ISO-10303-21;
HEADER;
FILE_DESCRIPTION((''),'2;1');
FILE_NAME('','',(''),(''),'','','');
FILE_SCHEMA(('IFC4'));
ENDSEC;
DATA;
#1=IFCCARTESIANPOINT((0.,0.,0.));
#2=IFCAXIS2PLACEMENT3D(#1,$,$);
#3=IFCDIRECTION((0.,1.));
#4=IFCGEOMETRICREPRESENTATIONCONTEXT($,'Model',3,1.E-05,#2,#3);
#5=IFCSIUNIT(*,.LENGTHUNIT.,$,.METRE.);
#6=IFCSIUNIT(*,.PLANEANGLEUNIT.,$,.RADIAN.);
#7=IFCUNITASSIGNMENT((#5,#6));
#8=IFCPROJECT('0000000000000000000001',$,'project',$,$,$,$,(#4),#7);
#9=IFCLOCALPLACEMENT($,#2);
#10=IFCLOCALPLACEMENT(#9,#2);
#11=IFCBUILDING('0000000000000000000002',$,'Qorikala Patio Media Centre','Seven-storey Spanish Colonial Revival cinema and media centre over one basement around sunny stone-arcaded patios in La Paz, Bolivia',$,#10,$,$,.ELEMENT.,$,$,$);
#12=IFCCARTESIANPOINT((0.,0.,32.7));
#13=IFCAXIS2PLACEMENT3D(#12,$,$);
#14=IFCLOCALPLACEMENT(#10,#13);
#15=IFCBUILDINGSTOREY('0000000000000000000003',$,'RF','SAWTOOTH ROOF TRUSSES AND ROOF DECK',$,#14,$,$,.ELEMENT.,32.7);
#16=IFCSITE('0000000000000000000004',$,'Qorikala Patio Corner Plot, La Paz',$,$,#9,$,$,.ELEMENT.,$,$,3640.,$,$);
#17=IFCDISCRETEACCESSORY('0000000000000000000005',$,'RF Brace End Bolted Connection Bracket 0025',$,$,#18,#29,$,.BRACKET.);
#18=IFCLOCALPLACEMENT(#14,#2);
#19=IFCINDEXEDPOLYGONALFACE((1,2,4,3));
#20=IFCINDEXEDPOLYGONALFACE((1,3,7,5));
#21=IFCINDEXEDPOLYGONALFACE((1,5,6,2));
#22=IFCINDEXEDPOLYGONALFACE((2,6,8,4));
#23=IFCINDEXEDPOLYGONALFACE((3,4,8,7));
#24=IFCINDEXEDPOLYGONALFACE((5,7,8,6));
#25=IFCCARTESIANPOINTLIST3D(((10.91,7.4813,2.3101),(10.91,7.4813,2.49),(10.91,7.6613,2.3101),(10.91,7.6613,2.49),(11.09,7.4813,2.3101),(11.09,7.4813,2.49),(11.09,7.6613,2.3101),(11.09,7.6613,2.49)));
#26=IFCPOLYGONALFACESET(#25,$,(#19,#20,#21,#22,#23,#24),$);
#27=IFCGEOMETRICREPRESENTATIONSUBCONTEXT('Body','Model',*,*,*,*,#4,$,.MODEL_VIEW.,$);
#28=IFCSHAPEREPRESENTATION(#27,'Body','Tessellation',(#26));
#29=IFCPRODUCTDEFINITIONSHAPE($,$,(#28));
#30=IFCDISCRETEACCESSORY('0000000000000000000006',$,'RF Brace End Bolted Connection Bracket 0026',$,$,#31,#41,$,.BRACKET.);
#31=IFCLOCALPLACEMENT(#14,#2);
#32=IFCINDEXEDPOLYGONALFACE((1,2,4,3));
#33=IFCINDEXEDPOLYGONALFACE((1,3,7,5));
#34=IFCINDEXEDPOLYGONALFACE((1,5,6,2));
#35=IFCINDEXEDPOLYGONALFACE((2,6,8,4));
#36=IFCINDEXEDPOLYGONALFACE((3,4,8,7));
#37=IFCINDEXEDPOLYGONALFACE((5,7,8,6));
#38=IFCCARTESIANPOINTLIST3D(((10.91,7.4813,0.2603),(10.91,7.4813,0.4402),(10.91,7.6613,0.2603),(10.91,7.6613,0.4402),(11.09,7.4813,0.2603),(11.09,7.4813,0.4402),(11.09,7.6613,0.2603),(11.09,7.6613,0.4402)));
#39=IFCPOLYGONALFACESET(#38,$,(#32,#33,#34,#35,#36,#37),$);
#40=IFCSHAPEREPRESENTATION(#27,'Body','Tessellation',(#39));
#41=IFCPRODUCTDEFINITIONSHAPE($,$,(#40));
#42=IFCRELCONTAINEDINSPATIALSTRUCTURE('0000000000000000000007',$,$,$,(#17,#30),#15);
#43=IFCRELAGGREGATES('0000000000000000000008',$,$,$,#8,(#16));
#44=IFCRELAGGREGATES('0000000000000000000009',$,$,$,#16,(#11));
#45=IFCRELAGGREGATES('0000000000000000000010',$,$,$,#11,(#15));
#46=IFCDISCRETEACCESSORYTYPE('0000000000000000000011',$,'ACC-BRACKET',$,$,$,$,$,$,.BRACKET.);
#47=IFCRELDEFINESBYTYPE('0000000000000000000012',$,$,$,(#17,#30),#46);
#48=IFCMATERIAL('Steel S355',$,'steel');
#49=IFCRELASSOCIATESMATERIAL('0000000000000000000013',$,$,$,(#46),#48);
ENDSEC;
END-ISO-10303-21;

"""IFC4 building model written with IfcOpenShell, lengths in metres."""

from ifc_helpers import new_model, si_unit, direction, frame, origin, origin_2d, place, context, subcontext, project, spatial, rectangle, extrude, material, type_object, element, save


model = new_model("IFC4")

# Units and contexts
model_context = context("Model", 3, precision=1e-05, world=origin(), true_north=direction((0.0, 1.0)))
body_context = subcontext(model_context, "Body", "Model", "MODEL_VIEW")
ifc_project = project(units=[si_unit("LENGTHUNIT", "METRE"), si_unit("PLANEANGLEUNIT", "RADIAN")], contexts=[model_context])

# Site, building, storey
site_placement = place(None, origin())
site = spatial("IfcSite", under=ifc_project, at=site_placement, Name="Qorikala Patio Corner Plot, La Paz", CompositionType="ELEMENT", RefElevation=3640.0)
building_placement = place(site_placement, origin())
building = spatial("IfcBuilding", under=site, at=building_placement, Name="Qorikala Patio Media Centre", Description="Seven-storey Spanish Colonial Revival cinema and media centre over one basement around sunny stone-arcaded patios in La Paz, Bolivia", CompositionType="ELEMENT")
storey_placement = place(building_placement, frame((0.0, 0.0, 32.7)))
storey = spatial("IfcBuildingStorey", under=building, at=storey_placement, Name="RF", Description="SAWTOOTH ROOF TRUSSES AND ROOF DECK", CompositionType="ELEMENT", Elevation=32.7)

# Shared definitions
ifc_material_1 = material(Name="Steel S355", Category="steel")

# Discrete accessories
discrete_accessory_type = type_object("IfcDiscreteAccessoryType", Name="ACC-BRACKET", PredefinedType="BRACKET", material=ifc_material_1)
for number, where, z_axis, x_axis, name in (
    (1, (11.0, 7.5713, 2.3101), (0.0, 0.0, 1.0), (1.0, 0.0, 0.0), "RF Brace End Bolted Connection Bracket 0025"),
    (2, (11.0, 7.5713, 0.2603), (0.0, 0.0, 1.0), (1.0, 0.0, 0.0), "RF Brace End Bolted Connection Bracket 0026"),
):
    element("IfcDiscreteAccessory", number, at=place(storey_placement, frame(where, z_axis=z_axis, x_axis=x_axis)), inside=storey, type_object=discrete_accessory_type, Name=name, PredefinedType="BRACKET", context=body_context, shape_type="SweptSolid", body=[
        extrude(rectangle(XDim=0.1799, YDim=0.1799, at=origin_2d()), origin(), (0.0, 0.0, 1.0), 0.1799),
    ])

save(model, "model.ifc")
